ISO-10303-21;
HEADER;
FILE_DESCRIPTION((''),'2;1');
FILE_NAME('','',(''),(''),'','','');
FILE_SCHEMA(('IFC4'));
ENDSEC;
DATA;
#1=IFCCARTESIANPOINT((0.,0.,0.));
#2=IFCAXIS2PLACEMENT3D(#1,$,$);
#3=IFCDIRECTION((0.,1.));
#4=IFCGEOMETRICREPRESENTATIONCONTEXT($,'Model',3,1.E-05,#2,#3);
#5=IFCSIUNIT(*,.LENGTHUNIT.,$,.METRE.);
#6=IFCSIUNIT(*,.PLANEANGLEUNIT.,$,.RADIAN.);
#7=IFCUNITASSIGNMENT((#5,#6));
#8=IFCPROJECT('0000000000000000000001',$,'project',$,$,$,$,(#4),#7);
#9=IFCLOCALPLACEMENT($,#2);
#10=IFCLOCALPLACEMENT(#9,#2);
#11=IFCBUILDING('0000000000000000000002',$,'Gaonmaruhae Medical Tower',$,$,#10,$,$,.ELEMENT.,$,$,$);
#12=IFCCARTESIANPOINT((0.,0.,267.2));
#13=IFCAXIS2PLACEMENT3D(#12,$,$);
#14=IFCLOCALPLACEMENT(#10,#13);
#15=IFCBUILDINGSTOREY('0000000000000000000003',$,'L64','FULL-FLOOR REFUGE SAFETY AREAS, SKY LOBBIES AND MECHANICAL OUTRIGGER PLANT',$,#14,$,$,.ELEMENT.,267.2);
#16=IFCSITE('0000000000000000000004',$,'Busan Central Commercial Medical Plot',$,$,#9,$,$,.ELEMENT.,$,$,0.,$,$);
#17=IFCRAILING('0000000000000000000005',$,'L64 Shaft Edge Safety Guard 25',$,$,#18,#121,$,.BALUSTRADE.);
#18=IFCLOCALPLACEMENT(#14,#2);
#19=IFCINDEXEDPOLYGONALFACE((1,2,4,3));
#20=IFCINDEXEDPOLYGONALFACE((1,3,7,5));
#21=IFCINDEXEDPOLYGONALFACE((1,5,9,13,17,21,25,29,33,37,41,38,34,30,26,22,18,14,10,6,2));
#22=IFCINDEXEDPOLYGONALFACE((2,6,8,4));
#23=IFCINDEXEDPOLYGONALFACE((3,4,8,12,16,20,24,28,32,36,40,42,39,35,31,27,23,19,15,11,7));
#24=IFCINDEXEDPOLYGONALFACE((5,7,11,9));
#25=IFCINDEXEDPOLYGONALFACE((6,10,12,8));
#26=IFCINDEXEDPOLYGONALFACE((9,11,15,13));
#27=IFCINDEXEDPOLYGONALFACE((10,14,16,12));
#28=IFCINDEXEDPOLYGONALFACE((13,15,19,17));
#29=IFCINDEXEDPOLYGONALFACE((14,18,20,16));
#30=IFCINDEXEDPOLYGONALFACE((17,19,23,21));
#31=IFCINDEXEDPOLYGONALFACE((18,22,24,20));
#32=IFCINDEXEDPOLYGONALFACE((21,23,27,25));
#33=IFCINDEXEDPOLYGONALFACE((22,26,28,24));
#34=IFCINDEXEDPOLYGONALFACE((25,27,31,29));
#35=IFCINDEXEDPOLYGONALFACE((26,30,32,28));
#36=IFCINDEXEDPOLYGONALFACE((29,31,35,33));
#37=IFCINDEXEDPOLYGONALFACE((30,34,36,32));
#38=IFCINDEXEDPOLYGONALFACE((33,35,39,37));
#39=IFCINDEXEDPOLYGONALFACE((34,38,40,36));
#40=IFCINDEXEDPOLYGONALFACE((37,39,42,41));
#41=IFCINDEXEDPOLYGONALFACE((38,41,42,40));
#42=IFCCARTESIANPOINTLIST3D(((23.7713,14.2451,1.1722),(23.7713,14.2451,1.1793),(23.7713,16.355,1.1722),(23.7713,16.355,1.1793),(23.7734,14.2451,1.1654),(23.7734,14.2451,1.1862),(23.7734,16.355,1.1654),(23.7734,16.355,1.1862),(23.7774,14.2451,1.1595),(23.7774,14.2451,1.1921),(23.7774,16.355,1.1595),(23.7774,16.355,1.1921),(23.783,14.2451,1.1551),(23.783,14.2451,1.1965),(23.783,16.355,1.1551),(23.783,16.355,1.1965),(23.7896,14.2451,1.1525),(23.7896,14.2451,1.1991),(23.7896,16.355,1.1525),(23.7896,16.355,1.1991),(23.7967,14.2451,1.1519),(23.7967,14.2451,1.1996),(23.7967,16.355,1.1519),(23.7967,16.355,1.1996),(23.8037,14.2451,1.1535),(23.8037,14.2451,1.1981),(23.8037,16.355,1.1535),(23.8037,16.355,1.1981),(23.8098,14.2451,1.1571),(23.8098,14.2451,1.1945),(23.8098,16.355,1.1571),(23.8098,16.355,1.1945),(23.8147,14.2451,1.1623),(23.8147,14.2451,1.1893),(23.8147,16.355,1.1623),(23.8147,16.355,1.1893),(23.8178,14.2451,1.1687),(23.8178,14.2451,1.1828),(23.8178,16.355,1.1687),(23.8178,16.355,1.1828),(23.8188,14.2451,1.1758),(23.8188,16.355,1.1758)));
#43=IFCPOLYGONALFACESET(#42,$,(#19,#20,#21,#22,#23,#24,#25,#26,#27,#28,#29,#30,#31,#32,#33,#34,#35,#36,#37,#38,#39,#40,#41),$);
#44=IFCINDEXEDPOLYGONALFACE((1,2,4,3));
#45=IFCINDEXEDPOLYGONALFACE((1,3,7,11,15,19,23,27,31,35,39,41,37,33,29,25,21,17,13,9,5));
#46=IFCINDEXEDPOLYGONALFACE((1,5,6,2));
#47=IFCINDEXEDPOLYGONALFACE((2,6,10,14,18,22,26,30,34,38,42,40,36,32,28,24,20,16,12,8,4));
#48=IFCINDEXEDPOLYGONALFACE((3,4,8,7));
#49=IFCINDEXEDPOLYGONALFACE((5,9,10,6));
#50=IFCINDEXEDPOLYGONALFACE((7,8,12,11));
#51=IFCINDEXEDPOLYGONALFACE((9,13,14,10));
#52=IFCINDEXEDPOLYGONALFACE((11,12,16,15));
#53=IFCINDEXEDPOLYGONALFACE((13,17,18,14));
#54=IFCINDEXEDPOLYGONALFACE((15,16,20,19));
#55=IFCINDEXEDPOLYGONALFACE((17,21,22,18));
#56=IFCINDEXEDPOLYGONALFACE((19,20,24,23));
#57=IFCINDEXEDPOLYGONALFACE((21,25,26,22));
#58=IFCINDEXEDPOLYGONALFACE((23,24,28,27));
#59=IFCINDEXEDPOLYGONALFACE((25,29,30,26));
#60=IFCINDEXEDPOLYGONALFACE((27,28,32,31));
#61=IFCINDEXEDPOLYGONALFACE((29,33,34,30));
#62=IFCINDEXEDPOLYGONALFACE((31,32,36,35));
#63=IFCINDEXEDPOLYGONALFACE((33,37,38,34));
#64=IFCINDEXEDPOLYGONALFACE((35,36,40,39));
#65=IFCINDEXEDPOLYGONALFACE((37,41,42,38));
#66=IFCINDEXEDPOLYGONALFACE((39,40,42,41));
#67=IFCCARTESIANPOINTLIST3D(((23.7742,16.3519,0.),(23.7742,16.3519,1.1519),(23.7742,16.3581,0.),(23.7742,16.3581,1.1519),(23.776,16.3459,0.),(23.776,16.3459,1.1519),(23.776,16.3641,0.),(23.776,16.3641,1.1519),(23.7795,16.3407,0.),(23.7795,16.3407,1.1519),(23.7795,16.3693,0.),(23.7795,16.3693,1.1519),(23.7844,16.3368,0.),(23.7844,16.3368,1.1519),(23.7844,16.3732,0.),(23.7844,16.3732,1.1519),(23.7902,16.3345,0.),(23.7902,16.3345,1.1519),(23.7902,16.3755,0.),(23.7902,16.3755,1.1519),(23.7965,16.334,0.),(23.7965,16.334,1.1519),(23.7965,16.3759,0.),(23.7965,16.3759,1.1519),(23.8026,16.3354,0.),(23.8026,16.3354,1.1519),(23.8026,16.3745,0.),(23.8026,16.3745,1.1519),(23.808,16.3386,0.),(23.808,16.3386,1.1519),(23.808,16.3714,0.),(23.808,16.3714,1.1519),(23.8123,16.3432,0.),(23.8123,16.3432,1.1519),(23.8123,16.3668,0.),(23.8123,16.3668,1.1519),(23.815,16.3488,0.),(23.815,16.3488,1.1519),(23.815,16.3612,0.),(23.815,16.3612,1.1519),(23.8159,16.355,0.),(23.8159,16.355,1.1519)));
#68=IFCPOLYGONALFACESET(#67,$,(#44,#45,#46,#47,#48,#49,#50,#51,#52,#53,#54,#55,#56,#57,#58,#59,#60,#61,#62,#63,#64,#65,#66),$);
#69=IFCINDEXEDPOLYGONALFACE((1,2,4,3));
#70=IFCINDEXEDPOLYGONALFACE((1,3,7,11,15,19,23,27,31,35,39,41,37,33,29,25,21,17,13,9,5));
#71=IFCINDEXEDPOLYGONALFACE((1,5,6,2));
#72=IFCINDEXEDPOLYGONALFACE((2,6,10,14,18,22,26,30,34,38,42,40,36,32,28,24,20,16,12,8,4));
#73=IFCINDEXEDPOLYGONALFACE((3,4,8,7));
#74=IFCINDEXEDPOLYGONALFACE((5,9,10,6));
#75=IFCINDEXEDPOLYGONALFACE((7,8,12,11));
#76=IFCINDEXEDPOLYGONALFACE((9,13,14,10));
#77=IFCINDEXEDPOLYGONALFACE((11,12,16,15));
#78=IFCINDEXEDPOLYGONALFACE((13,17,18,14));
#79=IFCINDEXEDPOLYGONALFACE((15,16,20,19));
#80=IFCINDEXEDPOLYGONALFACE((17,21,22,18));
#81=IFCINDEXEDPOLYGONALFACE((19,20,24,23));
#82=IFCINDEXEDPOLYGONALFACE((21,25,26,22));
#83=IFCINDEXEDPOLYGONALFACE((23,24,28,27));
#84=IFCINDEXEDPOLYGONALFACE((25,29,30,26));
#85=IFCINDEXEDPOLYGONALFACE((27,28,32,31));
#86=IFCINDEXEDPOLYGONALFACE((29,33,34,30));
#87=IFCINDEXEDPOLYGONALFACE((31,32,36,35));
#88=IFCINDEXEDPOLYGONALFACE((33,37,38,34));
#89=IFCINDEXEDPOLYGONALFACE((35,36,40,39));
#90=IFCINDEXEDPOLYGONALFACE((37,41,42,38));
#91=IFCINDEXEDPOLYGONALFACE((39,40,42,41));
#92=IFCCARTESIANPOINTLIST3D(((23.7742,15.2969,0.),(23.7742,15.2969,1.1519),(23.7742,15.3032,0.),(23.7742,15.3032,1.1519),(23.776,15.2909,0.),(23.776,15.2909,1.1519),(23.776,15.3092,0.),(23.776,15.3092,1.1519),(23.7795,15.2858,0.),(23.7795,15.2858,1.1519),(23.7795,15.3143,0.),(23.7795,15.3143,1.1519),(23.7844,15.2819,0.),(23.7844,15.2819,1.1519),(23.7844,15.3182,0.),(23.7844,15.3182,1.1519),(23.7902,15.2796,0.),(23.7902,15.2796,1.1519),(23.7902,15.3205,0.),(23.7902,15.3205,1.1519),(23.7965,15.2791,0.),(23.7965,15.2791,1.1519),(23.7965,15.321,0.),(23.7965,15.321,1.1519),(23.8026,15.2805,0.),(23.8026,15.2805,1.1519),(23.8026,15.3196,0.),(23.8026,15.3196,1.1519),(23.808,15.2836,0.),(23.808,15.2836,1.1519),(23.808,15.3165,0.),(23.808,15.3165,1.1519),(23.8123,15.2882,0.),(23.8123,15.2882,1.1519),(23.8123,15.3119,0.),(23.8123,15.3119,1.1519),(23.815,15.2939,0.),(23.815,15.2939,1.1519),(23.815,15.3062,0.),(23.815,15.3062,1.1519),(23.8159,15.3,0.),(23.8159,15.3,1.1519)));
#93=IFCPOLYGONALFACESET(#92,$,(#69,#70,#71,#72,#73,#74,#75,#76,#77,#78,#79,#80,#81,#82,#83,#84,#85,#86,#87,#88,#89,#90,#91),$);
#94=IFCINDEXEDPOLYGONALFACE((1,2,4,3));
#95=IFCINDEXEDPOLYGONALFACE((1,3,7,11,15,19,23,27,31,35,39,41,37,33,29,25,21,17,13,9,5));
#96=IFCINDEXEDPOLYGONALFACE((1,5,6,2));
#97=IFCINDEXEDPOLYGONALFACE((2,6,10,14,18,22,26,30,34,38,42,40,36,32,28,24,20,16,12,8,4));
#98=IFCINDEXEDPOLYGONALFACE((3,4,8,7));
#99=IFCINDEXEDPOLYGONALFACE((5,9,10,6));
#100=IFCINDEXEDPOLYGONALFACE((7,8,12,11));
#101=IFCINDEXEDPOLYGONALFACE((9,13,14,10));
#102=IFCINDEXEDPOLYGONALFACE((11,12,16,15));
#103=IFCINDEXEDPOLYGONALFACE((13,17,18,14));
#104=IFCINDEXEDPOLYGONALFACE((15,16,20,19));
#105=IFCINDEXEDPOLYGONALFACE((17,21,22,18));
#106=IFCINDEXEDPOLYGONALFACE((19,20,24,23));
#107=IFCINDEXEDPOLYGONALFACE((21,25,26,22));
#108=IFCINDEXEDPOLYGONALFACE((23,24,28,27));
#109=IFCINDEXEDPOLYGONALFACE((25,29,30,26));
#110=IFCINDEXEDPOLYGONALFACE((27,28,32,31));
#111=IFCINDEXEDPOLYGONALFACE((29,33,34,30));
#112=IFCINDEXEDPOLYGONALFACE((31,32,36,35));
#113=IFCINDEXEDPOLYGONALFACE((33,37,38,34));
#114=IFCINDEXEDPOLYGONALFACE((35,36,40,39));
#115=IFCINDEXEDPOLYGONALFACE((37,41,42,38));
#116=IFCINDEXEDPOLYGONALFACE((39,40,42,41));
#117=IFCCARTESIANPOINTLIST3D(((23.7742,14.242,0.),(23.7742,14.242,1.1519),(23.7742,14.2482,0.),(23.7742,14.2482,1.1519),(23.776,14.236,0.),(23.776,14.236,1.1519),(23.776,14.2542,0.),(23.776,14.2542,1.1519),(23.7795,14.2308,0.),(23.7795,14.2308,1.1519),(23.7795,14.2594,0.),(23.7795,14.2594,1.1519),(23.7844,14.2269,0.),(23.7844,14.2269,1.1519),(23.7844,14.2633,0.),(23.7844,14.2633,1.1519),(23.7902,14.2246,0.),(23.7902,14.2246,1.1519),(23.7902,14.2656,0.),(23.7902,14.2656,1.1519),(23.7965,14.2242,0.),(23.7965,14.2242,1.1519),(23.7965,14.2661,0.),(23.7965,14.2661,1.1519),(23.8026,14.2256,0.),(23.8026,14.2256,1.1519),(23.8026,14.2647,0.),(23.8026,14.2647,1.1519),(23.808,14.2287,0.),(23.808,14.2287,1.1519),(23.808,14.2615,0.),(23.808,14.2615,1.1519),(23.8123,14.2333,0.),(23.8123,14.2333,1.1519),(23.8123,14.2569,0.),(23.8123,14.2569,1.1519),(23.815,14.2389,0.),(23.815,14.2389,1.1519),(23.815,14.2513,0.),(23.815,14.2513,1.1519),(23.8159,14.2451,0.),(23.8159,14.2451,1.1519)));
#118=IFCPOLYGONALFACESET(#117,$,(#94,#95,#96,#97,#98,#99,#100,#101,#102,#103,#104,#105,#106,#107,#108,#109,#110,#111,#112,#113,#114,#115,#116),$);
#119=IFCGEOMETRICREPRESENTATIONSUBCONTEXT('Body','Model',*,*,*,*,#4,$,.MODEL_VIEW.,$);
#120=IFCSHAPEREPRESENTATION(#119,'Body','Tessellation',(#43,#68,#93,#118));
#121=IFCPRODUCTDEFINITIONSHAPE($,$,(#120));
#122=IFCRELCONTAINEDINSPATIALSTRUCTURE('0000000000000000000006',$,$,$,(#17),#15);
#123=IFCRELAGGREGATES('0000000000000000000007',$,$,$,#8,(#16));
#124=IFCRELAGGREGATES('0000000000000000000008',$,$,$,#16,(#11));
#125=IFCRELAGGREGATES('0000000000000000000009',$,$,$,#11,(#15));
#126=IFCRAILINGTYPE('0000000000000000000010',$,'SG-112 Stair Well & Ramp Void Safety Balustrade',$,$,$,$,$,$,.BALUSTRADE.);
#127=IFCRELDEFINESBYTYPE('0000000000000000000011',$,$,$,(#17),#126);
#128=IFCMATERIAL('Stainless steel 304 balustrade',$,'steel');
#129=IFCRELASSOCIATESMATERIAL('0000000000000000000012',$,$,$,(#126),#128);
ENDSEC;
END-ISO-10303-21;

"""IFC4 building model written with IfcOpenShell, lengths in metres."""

from ifc_helpers import new_model, si_unit, direction, frame, origin, origin_2d, place, context, subcontext, project, spatial, circle, extrude, material, type_object, element, save


model = new_model("IFC4")

# Units and contexts
model_context = context("Model", 3, precision=1e-05, world=origin(), true_north=direction((0.0, 1.0)))
body_context = subcontext(model_context, "Body", "Model", "MODEL_VIEW")
ifc_project = project(units=[si_unit("LENGTHUNIT", "METRE"), si_unit("PLANEANGLEUNIT", "RADIAN")], contexts=[model_context])

# Site, building, storey
site_placement = place(None, origin())
site = spatial("IfcSite", under=ifc_project, at=site_placement, Name="Busan Central Commercial Medical Plot", CompositionType="ELEMENT", RefElevation=0.0)
building_placement = place(site_placement, origin())
building = spatial("IfcBuilding", under=site, at=building_placement, Name="Gaonmaruhae Medical Tower", CompositionType="ELEMENT")
storey_placement = place(building_placement, frame((0.0, 0.0, 267.2)))
storey = spatial("IfcBuildingStorey", under=building, at=storey_placement, Name="L64", Description="FULL-FLOOR REFUGE SAFETY AREAS, SKY LOBBIES AND MECHANICAL OUTRIGGER PLANT", CompositionType="ELEMENT", Elevation=267.2)

# Railing
ifc_material_1 = material(Name="Stainless steel 304 balustrade", Category="steel")
railing_type_1 = type_object("IfcRailingType", Name="SG-112 Stair Well & Ramp Void Safety Balustrade", PredefinedType="BALUSTRADE", material=ifc_material_1)
railing_1_placement = place(storey_placement, frame((23.7949, 16.355, 0.0)))
element("IfcRailing", 1, at=railing_1_placement, inside=storey, type_object=railing_type_1, Name="L64 Shaft Edge Safety Guard 25", PredefinedType="BALUSTRADE", context=body_context, shape_type="SweptSolid", body=[
    extrude(circle(Radius=0.0239, at=origin_2d()), frame((0.0, 0.0, 1.1758), z_axis=(0.0, -1.0, 0.0), x_axis=(1.0, 0.0, 0.0)), (0.0, 0.0, 1.0), 2.1099),
    extrude(circle(Radius=0.021, at=origin_2d()), origin(), (0.0, 0.0, 1.0), 1.1519),
    extrude(circle(Radius=0.021, at=origin_2d()), frame((0.0, -1.0549, 0.0)), (0.0, 0.0, 1.0), 1.1519),
    extrude(circle(Radius=0.021, at=origin_2d()), frame((0.0, -2.1099, 0.0)), (0.0, 0.0, 1.0), 1.1519),
])

save(model, "model.ifc")
